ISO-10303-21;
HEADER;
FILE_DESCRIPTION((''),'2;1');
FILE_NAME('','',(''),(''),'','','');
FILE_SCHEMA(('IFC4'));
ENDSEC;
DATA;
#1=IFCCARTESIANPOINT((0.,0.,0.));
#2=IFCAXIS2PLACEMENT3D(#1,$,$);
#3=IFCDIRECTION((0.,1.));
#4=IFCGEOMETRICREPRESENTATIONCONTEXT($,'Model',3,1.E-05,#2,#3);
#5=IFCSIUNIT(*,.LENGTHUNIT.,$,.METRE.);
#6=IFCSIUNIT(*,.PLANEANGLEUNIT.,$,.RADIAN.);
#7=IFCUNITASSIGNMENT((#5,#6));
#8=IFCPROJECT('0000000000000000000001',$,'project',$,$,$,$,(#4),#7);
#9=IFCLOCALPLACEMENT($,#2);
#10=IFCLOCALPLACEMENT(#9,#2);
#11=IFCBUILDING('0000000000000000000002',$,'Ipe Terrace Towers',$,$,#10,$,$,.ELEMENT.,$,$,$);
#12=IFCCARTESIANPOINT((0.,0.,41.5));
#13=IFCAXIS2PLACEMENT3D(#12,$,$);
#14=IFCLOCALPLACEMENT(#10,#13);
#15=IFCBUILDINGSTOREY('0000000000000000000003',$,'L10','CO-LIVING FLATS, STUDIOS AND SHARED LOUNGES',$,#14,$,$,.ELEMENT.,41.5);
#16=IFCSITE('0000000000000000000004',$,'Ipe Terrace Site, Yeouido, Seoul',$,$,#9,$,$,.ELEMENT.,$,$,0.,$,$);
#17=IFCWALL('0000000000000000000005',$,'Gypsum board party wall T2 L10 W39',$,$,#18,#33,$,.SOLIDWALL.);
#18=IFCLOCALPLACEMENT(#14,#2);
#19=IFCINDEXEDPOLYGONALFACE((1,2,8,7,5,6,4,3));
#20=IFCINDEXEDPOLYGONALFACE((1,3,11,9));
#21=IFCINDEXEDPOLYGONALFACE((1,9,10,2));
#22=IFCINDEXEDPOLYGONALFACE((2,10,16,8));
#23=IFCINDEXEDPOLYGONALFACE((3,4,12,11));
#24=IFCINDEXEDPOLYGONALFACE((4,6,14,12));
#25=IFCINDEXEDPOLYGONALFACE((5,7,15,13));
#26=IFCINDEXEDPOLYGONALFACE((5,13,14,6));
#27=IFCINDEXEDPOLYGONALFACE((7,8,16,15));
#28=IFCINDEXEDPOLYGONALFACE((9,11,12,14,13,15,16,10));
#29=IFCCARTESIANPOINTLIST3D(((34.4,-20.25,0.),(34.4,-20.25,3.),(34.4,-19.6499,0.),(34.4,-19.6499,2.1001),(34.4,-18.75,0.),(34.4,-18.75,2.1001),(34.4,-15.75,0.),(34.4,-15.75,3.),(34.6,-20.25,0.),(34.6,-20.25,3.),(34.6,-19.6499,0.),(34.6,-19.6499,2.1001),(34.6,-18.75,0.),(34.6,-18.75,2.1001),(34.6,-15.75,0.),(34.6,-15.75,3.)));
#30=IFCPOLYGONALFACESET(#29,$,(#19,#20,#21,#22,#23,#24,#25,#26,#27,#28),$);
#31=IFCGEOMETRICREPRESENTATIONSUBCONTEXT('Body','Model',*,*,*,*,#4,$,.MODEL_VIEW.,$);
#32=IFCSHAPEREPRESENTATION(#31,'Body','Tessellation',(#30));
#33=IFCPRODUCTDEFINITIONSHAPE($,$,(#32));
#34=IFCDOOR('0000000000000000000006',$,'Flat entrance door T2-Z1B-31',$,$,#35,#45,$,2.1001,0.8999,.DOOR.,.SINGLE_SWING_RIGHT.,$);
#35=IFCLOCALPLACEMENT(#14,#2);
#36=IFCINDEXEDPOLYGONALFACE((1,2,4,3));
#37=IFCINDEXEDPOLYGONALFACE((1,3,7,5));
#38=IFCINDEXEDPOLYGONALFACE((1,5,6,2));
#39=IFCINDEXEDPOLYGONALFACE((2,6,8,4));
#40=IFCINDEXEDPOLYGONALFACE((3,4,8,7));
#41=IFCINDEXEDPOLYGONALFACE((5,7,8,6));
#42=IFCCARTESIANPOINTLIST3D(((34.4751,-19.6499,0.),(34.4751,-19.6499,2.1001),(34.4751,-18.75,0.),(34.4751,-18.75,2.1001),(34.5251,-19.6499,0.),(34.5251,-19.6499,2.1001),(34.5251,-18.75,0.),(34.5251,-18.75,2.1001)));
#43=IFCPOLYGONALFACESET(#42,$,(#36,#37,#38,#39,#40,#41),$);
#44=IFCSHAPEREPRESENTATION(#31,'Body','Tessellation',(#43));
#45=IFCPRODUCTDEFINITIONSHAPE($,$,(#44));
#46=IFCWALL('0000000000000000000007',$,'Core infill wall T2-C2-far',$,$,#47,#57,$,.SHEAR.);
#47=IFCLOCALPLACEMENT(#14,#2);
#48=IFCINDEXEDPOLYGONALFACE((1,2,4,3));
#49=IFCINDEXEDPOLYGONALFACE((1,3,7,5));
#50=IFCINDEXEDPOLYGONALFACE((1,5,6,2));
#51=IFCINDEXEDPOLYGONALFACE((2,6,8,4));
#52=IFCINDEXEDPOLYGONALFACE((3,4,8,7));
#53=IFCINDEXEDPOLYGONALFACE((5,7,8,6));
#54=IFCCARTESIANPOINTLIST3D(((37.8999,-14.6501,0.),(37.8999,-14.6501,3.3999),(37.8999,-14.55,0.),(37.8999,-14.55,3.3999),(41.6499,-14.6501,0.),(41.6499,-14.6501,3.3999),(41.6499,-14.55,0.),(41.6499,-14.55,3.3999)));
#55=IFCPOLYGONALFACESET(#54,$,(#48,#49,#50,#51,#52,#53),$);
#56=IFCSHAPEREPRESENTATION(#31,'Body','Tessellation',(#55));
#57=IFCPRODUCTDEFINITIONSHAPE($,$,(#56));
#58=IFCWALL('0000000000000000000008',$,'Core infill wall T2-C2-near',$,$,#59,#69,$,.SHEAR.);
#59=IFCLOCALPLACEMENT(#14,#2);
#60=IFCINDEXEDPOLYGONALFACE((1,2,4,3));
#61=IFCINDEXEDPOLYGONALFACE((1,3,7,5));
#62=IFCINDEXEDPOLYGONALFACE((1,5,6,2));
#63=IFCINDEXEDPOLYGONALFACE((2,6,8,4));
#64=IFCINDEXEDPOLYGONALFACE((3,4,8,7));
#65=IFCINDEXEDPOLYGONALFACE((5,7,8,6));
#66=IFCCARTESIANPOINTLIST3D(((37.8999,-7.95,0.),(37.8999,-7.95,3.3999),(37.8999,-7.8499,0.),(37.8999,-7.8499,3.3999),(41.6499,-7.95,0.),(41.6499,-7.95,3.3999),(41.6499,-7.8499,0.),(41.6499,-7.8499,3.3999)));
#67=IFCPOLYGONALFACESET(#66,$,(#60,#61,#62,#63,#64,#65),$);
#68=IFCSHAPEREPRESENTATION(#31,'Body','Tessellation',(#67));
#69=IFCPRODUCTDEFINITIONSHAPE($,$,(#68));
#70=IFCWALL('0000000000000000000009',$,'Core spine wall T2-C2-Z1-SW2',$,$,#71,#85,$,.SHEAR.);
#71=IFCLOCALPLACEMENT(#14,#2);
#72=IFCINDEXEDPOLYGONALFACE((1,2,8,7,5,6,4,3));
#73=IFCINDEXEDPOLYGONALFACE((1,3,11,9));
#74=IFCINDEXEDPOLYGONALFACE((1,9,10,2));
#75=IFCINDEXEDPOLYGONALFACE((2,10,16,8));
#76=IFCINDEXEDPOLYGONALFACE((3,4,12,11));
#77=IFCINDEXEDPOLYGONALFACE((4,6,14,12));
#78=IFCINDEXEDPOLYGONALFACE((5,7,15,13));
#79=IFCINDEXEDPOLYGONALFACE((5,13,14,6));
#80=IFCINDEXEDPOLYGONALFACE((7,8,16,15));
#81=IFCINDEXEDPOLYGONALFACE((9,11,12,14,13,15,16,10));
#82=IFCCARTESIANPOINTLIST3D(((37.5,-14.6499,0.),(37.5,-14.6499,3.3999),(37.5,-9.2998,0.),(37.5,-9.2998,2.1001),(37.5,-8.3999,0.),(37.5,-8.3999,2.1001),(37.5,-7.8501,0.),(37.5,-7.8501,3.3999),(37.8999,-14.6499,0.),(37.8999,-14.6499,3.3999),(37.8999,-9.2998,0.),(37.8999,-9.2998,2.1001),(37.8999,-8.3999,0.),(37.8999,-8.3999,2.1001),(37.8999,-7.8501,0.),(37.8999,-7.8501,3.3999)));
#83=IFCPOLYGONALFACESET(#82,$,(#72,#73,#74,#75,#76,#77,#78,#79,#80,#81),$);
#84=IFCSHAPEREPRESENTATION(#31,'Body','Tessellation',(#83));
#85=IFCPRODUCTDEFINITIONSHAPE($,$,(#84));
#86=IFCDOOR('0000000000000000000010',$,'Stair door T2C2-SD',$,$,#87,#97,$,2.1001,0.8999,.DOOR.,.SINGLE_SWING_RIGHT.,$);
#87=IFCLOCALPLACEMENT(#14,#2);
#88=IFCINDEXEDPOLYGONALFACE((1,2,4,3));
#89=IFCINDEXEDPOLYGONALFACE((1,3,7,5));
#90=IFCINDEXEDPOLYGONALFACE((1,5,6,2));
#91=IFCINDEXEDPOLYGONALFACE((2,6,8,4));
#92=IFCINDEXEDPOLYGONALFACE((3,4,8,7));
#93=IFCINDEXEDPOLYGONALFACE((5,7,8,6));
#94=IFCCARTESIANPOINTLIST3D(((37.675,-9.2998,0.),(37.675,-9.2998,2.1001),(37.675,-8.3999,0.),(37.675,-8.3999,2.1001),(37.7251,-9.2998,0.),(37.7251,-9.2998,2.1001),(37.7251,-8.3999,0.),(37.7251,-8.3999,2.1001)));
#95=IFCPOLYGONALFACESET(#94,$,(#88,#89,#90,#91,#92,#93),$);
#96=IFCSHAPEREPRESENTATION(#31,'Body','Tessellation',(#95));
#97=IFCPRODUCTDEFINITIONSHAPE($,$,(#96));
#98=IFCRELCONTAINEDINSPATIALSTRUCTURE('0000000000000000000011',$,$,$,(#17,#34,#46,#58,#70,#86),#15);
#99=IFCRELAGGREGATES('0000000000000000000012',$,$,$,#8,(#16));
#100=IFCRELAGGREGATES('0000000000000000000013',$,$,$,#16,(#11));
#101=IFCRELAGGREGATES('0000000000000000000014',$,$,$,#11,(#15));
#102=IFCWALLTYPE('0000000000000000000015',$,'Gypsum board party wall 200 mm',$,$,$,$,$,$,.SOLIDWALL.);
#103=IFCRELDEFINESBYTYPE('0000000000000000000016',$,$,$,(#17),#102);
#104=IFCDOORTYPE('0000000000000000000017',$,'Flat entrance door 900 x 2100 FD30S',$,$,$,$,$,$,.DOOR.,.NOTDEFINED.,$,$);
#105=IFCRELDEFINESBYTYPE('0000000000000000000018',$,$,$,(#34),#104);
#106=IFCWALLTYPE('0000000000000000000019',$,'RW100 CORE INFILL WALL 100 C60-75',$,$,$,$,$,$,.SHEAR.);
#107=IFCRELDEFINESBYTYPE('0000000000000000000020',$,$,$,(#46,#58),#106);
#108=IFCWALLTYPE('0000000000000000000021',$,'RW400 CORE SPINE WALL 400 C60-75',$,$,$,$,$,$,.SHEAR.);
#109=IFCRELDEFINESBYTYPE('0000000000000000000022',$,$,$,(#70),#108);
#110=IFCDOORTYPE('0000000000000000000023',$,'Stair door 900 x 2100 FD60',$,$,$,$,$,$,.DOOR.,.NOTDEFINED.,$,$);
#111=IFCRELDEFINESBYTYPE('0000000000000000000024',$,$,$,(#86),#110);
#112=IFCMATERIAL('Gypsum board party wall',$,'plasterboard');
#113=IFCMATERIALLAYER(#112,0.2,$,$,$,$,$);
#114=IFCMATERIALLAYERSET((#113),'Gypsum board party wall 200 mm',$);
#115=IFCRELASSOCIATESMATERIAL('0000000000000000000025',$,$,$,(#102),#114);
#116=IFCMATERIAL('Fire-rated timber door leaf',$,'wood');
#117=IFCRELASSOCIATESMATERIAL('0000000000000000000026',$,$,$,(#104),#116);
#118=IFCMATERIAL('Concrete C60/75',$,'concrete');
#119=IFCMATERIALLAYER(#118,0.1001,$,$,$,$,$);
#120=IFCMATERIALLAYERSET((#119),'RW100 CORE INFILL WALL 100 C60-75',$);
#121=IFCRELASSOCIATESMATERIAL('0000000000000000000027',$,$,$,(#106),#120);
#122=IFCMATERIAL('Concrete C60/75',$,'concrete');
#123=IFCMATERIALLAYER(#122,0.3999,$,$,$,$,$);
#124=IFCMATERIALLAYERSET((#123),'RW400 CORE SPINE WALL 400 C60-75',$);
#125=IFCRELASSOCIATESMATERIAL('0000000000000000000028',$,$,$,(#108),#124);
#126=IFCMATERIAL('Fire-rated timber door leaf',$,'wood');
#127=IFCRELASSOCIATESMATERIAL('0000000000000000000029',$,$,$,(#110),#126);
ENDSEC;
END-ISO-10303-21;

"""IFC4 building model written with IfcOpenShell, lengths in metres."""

from ifc_helpers import new_model, si_unit, direction, frame, frame_2d, origin, place, context, subcontext, project, spatial, rectangle, extrude, material, layer, layer_set, type_object, element, fill, save


model = new_model("IFC4")

# Units and contexts
model_context = context("Model", 3, precision=1e-05, world=origin(), true_north=direction((0.0, 1.0)))
body_context = subcontext(model_context, "Body", "Model", "MODEL_VIEW")
ifc_project = project(units=[si_unit("LENGTHUNIT", "METRE"), si_unit("PLANEANGLEUNIT", "RADIAN")], contexts=[model_context])

# Site, building, storey
site_placement = place(None, origin())
site = spatial("IfcSite", under=ifc_project, at=site_placement, Name="Ipe Terrace Site, Yeouido, Seoul", CompositionType="ELEMENT", RefElevation=0.0)
building_placement = place(site_placement, origin())
building = spatial("IfcBuilding", under=site, at=building_placement, Name="Ipe Terrace Towers", CompositionType="ELEMENT")
storey_placement = place(building_placement, frame((0.0, 0.0, 41.5)))
storey = spatial("IfcBuildingStorey", under=building, at=storey_placement, Name="L10", Description="CO-LIVING FLATS, STUDIOS AND SHARED LOUNGES", CompositionType="ELEMENT", Elevation=41.5)

# Wall, opening, door
ifc_material_1 = material(Name="Gypsum board party wall", Category="plasterboard")
ifc_layer_1 = layer(ifc_material_1, 0.2)
ifc_layer_set_1 = layer_set([ifc_layer_1], Name="Gypsum board party wall 200 mm")
wall_type_1 = type_object("IfcWallType", Name="Gypsum board party wall 200 mm", PredefinedType="SOLIDWALL", material=ifc_layer_set_1)
wall_1_placement = place(storey_placement, frame((34.5, -20.25, 0.0), z_axis=(0.0, 0.0, 1.0), x_axis=(0.0, 1.0, 0.0)))
wall_1 = element("IfcWall", 1, at=wall_1_placement, inside=storey, type_object=wall_type_1, Name="Gypsum board party wall T2 L10 W39", PredefinedType="SOLIDWALL", context=body_context, shape_type="SweptSolid", body=[
    extrude(rectangle(XDim=4.5, YDim=0.2, at=frame_2d((2.25, 0.0))), origin(), (0.0, 0.0, 1.0), 3.0),
])
opening_1_placement = place(wall_1_placement, frame((0.6001, 0.0, 0.0)))
opening_1 = element("IfcOpeningElement", 2, at=opening_1_placement, cuts=wall_1, PredefinedType="OPENING", context=body_context, shape_type="SweptSolid", body=[
    extrude(rectangle(XDim=0.8999, YDim=2.1001, at=frame_2d((0.45, 1.05))), frame((0.0, 0.1099, 0.0), z_axis=(0.0, -1.0, 0.0), x_axis=(1.0, 0.0, 0.0)), (0.0, 0.0, 1.0), 0.22),
])
ifc_material_2 = material(Name="Fire-rated timber door leaf", Category="wood")
door_type_1 = type_object("IfcDoorType", Name="Flat entrance door 900 x 2100 FD30S", OperationType="NOTDEFINED", PredefinedType="DOOR", material=ifc_material_2)
door_1_placement = place(opening_1_placement, origin())
door_1 = element("IfcDoor", 3, at=door_1_placement, inside=storey, type_object=door_type_1, Name="Flat entrance door T2-Z1B-31", OperationType="SINGLE_SWING_RIGHT", OverallHeight=2.1001, OverallWidth=0.8999, PredefinedType="DOOR", context=body_context, shape_type="SweptSolid", body=[
    extrude(rectangle(XDim=0.8999, YDim=2.1001, at=frame_2d((0.45, 1.05))), frame((0.0, 0.0249, 0.0), z_axis=(0.0, -1.0, 0.0), x_axis=(1.0, 0.0, 0.0)), (0.0, 0.0, 1.0), 0.05),
])
fill(opening_1, door_1)

# Walls
ifc_material_3 = material(Name="Concrete C60/75", Category="concrete")
ifc_layer_2 = layer(ifc_material_3, 0.1001)
ifc_layer_set_2 = layer_set([ifc_layer_2], Name="RW100 CORE INFILL WALL 100 C60-75")
wall_type_2 = type_object("IfcWallType", Name="RW100 CORE INFILL WALL 100 C60-75", PredefinedType="SHEAR", material=ifc_layer_set_2)
for number, where, z_axis, x_axis, name in (
    (4, (37.8999, -14.6001, 0.0), (0.0, 0.0, 1.0), (1.0, 0.0, 0.0), "Core infill wall T2-C2-far"),
    (5, (37.8999, -7.8999, 0.0), (0.0, 0.0, 1.0), (1.0, 0.0, 0.0), "Core infill wall T2-C2-near"),
):
    element("IfcWall", number, at=place(storey_placement, frame(where, z_axis=z_axis, x_axis=x_axis)), inside=storey, type_object=wall_type_2, Name=name, PredefinedType="SHEAR", context=body_context, shape_type="SweptSolid", body=[
        extrude(rectangle(XDim=3.75, YDim=0.1001, at=frame_2d((1.875, 0.0))), origin(), (0.0, 0.0, 1.0), 3.3999),
    ])

# Wall, opening, door
ifc_material_4 = material(Name="Concrete C60/75", Category="concrete")
ifc_layer_3 = layer(ifc_material_4, 0.3999)
ifc_layer_set_3 = layer_set([ifc_layer_3], Name="RW400 CORE SPINE WALL 400 C60-75")
wall_type_3 = type_object("IfcWallType", Name="RW400 CORE SPINE WALL 400 C60-75", PredefinedType="SHEAR", material=ifc_layer_set_3)
wall_2_placement = place(storey_placement, frame((37.7, -14.6499, 0.0), z_axis=(0.0, 0.0, 1.0), x_axis=(0.0, 1.0, 0.0)))
wall_2 = element("IfcWall", 6, at=wall_2_placement, inside=storey, type_object=wall_type_3, Name="Core spine wall T2-C2-Z1-SW2", PredefinedType="SHEAR", context=body_context, shape_type="SweptSolid", body=[
    extrude(rectangle(XDim=6.7998, YDim=0.3999, at=frame_2d((3.3999, 0.0))), origin(), (0.0, 0.0, 1.0), 3.3999),
])
opening_2_placement = place(wall_2_placement, frame((5.3501, 0.0, 0.0)))
opening_2 = element("IfcOpeningElement", 7, at=opening_2_placement, cuts=wall_2, PredefinedType="OPENING", context=body_context, shape_type="SweptSolid", body=[
    extrude(rectangle(XDim=0.8999, YDim=2.1001, at=frame_2d((0.45, 1.05))), frame((0.0, 0.21, 0.0), z_axis=(0.0, -1.0, 0.0), x_axis=(1.0, 0.0, 0.0)), (0.0, 0.0, 1.0), 0.4199),
])
ifc_material_5 = material(Name="Fire-rated timber door leaf", Category="wood")
door_type_2 = type_object("IfcDoorType", Name="Stair door 900 x 2100 FD60", OperationType="NOTDEFINED", PredefinedType="DOOR", material=ifc_material_5)
door_2_placement = place(opening_2_placement, origin())
door_2 = element("IfcDoor", 8, at=door_2_placement, inside=storey, type_object=door_type_2, Name="Stair door T2C2-SD", OperationType="SINGLE_SWING_RIGHT", OverallHeight=2.1001, OverallWidth=0.8999, PredefinedType="DOOR", context=body_context, shape_type="SweptSolid", body=[
    extrude(rectangle(XDim=0.8999, YDim=2.1001, at=frame_2d((0.45, 1.05))), frame((0.0, 0.0249, 0.0), z_axis=(0.0, -1.0, 0.0), x_axis=(1.0, 0.0, 0.0)), (0.0, 0.0, 1.0), 0.05),
])
fill(opening_2, door_2)

save(model, "model.ifc")
